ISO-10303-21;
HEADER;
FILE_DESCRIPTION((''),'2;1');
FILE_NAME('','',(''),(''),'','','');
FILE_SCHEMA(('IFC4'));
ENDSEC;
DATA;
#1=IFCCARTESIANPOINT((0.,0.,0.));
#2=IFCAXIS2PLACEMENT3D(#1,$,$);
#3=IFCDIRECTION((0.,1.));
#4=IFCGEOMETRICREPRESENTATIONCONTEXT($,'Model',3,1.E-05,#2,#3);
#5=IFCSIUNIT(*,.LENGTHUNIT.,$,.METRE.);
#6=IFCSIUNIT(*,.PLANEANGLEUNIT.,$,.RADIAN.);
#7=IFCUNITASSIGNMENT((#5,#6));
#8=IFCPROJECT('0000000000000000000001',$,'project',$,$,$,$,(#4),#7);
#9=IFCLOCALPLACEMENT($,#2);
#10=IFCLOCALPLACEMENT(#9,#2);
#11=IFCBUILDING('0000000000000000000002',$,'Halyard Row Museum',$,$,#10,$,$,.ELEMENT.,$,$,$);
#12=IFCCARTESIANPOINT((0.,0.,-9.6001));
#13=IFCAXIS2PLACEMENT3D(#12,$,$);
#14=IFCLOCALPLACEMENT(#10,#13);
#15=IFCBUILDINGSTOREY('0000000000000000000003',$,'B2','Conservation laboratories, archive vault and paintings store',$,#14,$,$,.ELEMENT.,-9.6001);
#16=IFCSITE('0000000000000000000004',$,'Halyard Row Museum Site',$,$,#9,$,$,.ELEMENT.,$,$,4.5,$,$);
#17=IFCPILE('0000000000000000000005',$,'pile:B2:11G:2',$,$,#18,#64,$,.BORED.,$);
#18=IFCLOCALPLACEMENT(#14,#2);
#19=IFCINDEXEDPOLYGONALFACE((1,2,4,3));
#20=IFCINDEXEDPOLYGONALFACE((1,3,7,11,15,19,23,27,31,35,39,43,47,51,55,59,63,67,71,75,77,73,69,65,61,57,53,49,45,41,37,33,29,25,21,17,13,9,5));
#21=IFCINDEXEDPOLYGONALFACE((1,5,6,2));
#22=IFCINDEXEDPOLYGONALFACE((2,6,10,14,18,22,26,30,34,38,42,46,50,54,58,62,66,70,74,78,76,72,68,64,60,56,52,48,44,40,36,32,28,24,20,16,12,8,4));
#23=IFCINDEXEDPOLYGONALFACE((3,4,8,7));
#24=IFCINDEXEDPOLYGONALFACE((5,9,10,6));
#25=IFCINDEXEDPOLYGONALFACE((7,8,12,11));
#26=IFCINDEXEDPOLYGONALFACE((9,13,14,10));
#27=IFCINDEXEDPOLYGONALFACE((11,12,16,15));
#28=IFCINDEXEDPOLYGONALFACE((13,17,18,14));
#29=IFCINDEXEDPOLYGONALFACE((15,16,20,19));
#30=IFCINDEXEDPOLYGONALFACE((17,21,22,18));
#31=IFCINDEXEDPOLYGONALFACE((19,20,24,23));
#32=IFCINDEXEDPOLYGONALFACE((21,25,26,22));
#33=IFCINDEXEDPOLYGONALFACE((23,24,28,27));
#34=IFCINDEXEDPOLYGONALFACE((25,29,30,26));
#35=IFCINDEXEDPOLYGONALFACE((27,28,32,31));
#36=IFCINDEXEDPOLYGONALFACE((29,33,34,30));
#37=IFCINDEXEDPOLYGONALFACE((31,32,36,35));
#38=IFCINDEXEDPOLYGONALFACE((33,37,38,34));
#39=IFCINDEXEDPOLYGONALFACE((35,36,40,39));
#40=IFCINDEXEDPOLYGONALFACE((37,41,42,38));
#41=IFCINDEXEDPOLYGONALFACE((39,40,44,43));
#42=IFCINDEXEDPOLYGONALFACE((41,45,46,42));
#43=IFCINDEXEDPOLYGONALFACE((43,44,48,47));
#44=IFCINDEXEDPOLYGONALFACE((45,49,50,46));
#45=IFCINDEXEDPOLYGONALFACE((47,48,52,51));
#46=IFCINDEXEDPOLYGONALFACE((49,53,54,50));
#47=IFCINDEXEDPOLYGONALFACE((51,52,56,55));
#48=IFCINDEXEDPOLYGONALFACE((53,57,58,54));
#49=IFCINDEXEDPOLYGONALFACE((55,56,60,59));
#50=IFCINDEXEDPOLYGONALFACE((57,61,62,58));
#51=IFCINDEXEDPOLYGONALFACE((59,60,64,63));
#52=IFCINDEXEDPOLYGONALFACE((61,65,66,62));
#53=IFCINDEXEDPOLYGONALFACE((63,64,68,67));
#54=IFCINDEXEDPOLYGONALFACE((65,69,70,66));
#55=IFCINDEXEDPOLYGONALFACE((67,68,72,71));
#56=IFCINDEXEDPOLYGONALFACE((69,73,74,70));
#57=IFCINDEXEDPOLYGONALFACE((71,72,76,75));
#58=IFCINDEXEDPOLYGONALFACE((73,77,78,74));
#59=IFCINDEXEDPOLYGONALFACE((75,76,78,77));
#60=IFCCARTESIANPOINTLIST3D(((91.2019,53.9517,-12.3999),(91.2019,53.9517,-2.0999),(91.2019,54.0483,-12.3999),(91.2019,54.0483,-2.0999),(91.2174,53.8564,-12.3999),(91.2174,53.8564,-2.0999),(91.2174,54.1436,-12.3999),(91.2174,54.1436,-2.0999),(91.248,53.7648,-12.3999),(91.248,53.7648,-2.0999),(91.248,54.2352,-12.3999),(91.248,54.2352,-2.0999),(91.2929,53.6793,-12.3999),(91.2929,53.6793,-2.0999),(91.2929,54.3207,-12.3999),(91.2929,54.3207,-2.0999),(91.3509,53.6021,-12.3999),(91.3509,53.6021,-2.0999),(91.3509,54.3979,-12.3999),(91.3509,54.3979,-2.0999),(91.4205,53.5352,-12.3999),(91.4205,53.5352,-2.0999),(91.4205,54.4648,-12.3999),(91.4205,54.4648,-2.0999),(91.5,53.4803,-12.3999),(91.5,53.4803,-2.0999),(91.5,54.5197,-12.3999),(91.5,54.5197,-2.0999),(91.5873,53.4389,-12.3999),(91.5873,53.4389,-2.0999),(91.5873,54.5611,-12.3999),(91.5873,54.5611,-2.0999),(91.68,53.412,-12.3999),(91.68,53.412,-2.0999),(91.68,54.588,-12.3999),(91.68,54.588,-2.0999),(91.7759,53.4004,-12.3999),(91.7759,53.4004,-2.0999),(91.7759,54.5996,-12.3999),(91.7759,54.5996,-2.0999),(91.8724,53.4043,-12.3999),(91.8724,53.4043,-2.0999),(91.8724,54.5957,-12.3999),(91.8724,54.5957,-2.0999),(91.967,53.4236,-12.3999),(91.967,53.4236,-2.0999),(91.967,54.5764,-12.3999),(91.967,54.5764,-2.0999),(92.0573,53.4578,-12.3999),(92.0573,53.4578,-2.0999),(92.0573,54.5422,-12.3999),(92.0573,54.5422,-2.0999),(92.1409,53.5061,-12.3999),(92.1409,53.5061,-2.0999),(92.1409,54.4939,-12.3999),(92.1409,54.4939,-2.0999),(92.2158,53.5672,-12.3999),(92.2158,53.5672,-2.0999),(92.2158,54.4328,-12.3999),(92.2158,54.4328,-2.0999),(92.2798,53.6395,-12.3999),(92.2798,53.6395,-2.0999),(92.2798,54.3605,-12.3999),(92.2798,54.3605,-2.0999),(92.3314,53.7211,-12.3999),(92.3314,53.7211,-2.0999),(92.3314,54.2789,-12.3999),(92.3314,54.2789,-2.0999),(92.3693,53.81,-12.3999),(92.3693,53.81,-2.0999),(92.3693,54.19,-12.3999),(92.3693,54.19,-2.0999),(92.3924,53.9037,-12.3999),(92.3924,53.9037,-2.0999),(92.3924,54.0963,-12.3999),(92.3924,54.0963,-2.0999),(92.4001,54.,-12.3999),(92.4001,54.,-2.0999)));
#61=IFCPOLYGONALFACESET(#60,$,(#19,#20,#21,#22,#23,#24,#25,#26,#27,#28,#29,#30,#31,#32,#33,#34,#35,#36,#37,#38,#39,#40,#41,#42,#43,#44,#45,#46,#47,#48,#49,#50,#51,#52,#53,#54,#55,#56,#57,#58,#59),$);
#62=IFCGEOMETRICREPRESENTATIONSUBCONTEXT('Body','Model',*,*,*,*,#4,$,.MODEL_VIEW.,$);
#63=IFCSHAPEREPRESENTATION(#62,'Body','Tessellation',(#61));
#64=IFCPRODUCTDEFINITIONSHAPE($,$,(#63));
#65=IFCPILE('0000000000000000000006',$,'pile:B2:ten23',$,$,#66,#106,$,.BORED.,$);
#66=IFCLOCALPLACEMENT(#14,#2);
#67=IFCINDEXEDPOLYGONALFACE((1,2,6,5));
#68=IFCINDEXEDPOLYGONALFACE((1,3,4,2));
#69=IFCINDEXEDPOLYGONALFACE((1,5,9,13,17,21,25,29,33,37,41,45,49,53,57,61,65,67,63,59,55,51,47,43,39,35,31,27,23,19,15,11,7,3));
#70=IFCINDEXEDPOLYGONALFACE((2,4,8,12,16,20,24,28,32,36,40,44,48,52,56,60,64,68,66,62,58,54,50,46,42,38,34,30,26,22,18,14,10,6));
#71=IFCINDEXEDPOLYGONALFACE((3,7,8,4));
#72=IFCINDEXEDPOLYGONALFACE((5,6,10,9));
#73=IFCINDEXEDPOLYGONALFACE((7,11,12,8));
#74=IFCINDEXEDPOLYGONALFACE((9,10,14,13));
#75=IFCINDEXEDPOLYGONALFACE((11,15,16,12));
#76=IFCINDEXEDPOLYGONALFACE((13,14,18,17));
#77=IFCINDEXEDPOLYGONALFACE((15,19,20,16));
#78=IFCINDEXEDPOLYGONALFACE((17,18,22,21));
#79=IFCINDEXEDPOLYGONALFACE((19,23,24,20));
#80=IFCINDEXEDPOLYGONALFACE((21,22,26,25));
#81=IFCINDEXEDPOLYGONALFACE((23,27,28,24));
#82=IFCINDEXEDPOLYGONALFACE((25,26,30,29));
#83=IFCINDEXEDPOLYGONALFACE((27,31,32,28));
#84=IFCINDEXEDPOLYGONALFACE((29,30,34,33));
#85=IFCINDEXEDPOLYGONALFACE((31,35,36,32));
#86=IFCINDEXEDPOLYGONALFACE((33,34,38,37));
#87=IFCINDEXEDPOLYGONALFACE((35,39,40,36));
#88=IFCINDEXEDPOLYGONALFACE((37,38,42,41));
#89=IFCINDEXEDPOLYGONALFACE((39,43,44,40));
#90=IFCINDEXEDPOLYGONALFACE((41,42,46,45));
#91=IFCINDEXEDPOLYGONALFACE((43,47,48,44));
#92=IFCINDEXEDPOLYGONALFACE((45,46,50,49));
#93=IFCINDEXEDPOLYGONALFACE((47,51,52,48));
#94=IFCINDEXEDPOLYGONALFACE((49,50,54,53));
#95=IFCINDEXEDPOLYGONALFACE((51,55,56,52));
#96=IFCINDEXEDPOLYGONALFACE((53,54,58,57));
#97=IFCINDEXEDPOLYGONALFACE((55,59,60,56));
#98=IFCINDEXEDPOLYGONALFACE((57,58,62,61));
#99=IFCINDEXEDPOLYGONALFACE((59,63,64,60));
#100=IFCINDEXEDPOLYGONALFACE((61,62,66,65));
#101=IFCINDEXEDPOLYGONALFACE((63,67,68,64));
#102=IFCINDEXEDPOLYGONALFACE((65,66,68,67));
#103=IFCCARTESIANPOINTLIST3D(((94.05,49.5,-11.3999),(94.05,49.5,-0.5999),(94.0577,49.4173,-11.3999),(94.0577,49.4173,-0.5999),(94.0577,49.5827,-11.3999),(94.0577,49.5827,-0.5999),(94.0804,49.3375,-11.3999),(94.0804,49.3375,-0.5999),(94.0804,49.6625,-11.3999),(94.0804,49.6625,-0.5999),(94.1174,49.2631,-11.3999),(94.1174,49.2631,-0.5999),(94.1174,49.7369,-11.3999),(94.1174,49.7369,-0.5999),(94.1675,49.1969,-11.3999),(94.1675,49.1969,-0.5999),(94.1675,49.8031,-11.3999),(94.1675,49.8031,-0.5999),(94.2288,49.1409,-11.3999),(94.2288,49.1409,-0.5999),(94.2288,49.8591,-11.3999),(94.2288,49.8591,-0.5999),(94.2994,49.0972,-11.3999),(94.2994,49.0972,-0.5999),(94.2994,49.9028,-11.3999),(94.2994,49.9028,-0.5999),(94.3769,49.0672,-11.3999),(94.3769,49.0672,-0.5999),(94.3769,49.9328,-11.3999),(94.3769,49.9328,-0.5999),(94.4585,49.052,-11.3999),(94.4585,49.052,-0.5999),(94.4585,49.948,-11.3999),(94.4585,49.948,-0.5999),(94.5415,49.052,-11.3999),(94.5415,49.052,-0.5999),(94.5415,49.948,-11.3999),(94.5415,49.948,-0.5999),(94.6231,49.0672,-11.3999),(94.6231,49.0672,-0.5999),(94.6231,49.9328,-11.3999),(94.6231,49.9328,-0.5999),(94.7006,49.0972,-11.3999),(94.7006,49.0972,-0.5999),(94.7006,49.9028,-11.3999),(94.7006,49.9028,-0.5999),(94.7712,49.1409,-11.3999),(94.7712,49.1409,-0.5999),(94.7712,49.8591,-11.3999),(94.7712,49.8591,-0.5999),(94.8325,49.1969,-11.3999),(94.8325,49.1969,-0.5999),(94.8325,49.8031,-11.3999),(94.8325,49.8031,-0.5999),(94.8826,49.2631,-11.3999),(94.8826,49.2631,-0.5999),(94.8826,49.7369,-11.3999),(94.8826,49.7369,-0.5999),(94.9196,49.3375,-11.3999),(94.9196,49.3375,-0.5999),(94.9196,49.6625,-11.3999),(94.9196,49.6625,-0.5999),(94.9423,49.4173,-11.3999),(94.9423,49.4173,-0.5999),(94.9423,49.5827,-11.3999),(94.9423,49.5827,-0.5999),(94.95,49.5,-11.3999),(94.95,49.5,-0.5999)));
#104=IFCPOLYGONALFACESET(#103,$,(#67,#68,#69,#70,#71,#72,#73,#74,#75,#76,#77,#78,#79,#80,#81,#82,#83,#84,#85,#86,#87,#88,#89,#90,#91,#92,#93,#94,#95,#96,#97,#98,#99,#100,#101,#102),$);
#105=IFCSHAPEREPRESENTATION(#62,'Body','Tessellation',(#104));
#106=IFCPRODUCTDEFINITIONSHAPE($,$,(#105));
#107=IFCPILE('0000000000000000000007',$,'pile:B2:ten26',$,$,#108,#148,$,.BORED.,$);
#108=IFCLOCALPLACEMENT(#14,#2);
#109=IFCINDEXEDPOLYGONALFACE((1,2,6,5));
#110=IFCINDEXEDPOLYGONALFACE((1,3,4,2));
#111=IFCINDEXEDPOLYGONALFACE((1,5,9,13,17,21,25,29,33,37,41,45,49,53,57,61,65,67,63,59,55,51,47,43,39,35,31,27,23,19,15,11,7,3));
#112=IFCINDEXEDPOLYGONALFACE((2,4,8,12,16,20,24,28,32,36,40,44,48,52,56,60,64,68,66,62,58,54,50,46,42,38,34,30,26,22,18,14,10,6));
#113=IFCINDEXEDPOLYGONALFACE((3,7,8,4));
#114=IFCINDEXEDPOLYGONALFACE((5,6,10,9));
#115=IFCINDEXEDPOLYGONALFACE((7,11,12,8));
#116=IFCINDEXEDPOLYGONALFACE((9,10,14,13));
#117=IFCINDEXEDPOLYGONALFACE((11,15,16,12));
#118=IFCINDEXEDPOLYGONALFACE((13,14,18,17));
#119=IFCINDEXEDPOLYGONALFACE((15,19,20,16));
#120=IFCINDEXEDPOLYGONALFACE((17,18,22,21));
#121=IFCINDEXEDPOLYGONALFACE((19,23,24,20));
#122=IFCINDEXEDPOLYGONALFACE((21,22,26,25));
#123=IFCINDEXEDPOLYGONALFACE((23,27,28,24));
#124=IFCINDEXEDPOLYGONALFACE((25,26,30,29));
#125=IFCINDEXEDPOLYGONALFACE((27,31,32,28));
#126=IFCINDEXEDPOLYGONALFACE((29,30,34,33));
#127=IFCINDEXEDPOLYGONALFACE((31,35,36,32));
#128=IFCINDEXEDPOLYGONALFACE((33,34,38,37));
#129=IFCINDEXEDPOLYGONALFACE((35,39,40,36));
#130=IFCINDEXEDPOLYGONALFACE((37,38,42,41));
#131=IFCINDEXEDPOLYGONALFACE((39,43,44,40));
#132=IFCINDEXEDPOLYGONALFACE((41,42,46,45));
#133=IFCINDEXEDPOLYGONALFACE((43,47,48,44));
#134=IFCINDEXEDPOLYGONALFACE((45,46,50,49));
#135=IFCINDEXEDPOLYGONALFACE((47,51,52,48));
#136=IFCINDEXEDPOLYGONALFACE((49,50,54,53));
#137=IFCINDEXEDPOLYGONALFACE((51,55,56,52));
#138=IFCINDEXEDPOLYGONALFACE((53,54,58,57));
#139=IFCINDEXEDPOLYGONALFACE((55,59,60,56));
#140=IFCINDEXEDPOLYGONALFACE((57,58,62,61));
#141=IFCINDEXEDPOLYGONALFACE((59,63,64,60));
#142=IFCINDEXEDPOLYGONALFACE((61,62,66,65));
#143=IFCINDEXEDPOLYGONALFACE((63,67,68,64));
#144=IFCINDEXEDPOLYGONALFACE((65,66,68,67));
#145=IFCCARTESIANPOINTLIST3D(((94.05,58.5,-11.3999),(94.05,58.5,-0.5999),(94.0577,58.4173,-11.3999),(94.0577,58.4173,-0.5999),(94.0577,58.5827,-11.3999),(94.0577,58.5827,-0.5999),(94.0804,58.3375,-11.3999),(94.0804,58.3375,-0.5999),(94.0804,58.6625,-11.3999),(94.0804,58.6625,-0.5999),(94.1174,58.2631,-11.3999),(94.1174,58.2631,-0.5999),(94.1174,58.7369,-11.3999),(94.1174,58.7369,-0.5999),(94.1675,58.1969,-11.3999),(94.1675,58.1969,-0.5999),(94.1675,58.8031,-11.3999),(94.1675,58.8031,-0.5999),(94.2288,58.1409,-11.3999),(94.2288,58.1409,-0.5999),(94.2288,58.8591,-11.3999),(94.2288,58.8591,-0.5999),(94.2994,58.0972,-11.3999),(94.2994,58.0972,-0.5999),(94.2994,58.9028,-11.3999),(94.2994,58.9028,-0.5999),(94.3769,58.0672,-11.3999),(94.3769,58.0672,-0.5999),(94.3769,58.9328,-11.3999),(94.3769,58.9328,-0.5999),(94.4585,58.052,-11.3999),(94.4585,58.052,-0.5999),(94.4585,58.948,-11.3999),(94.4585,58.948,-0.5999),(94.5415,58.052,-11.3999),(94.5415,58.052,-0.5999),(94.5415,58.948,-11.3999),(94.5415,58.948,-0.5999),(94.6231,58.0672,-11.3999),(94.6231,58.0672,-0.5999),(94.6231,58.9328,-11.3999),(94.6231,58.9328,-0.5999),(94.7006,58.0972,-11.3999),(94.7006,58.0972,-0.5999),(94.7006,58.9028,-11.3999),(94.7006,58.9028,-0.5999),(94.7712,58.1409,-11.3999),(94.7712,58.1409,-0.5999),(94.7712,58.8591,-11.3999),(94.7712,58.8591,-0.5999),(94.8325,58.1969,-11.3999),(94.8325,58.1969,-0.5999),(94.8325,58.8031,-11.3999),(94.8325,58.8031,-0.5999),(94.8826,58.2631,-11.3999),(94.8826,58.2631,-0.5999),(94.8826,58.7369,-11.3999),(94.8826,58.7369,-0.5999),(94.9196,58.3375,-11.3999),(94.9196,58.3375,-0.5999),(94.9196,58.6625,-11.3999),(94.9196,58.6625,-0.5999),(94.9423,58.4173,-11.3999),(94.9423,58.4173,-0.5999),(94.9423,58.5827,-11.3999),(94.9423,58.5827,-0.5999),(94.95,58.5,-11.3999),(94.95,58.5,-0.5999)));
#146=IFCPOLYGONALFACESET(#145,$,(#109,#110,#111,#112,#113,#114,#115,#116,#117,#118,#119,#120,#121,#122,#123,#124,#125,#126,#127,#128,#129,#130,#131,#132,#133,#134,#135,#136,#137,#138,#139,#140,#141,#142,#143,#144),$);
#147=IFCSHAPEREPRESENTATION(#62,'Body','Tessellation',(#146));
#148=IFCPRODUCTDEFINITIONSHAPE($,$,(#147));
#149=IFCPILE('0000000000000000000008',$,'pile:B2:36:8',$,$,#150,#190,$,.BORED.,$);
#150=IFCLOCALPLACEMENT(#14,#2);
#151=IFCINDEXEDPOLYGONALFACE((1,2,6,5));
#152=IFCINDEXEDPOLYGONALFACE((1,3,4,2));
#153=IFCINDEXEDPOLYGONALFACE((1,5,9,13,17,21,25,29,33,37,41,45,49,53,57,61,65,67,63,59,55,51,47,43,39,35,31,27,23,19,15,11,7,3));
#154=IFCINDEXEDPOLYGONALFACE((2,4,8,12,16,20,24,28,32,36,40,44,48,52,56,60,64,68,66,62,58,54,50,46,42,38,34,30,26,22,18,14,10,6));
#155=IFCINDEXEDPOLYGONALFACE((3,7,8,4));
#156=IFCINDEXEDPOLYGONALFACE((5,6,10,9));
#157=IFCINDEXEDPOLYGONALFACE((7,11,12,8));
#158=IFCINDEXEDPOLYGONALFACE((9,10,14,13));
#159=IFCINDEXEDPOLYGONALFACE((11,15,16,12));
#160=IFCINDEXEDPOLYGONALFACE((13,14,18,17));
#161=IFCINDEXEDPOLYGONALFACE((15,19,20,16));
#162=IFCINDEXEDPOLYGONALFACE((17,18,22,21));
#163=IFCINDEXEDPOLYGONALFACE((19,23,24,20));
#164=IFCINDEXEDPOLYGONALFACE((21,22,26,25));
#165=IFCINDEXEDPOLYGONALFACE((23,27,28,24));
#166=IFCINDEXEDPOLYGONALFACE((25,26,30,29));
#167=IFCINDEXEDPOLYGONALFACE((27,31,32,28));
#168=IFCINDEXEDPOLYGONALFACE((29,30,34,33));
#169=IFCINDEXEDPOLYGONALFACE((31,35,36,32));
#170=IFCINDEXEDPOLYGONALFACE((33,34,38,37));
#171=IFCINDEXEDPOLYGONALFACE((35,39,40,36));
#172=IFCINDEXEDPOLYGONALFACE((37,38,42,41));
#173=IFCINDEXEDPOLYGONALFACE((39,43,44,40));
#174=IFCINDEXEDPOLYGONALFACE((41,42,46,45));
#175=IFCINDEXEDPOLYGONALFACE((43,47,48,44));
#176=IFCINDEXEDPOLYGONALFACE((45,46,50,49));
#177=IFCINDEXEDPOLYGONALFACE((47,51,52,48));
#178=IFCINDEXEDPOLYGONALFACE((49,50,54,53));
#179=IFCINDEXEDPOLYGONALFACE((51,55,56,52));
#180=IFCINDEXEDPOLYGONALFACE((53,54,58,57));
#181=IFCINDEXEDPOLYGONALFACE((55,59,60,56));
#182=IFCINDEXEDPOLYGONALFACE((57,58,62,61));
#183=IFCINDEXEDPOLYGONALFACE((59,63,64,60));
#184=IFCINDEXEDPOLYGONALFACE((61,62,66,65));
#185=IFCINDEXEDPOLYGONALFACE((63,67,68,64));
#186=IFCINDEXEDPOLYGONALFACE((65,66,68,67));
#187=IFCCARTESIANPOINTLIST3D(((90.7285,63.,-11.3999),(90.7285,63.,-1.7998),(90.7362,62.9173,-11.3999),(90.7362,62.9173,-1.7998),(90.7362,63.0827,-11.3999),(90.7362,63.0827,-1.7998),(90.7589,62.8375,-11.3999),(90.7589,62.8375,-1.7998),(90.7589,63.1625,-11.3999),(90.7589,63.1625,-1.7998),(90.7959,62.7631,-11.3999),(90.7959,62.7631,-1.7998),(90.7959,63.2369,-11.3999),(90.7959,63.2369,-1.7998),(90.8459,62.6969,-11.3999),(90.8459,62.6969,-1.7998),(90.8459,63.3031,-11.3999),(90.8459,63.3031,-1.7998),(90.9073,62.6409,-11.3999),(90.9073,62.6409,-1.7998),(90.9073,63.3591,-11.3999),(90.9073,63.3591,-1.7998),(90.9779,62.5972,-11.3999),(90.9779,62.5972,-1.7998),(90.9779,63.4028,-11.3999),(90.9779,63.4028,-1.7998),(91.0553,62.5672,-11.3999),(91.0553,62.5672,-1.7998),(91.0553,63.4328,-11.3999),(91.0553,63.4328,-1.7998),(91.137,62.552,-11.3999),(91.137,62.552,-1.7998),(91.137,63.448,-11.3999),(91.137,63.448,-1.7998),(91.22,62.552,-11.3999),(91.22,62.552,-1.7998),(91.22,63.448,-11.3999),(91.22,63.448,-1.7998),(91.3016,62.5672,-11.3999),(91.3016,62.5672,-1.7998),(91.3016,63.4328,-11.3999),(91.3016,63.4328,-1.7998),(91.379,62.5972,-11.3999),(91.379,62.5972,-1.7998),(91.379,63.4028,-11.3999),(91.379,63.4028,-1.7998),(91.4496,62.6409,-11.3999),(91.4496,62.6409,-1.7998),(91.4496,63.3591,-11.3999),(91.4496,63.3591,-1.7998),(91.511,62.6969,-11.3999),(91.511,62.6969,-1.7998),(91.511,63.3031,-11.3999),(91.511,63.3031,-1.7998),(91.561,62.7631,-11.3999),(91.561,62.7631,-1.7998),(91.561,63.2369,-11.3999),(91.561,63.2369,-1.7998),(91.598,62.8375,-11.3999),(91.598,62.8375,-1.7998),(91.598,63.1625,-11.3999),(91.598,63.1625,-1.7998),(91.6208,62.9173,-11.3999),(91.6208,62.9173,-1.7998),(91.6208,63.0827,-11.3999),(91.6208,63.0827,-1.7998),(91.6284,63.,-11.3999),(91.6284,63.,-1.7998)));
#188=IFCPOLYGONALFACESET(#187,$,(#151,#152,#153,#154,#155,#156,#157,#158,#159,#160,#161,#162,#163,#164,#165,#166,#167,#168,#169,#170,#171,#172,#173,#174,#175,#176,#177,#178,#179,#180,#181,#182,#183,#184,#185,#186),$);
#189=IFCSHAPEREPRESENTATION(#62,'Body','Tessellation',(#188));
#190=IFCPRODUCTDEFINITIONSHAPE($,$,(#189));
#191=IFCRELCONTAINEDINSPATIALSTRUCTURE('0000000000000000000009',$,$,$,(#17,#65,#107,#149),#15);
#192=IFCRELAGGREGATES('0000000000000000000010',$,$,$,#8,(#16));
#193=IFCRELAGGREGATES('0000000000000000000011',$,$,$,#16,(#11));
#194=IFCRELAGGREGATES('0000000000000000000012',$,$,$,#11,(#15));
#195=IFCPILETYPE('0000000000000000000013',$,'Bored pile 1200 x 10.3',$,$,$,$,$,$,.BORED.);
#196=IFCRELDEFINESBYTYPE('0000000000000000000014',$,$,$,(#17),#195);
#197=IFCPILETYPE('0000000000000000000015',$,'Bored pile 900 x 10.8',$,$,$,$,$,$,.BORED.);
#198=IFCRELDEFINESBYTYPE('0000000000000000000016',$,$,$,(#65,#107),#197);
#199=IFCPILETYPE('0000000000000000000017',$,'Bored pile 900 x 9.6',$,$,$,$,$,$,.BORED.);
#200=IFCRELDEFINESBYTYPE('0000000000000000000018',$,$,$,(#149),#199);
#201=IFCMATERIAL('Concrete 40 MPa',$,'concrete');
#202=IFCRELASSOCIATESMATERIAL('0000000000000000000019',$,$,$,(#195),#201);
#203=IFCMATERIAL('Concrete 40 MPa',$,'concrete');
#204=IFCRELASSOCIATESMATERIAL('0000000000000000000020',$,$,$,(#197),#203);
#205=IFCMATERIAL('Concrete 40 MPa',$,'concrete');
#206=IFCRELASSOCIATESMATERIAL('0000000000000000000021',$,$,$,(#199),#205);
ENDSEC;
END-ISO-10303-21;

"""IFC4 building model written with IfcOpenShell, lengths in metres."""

from ifc_helpers import new_model, si_unit, direction, frame, origin, origin_2d, place, context, subcontext, project, spatial, circle, extrude, material, material_profile, profile_set, type_object, element, save


model = new_model("IFC4")

# Units and contexts
model_context = context("Model", 3, precision=1e-05, world=origin(), true_north=direction((0.0, 1.0)))
body_context = subcontext(model_context, "Body", "Model", "MODEL_VIEW")
ifc_project = project(units=[si_unit("LENGTHUNIT", "METRE"), si_unit("PLANEANGLEUNIT", "RADIAN")], contexts=[model_context])

# Site, building, storey
site_placement = place(None, origin())
site = spatial("IfcSite", under=ifc_project, at=site_placement, Name="Halyard Row Museum Site", CompositionType="ELEMENT", RefElevation=4.5)
building_placement = place(site_placement, origin())
building = spatial("IfcBuilding", under=site, at=building_placement, Name="Halyard Row Museum", CompositionType="ELEMENT")
storey_placement = place(building_placement, frame((0.0, 0.0, -9.6001)))
storey = spatial("IfcBuildingStorey", under=building, at=storey_placement, Name="B2", Description="Conservation laboratories, archive vault and paintings store", CompositionType="ELEMENT", Elevation=-9.6001)

# Piles
ifc_material_1 = material(Name="Concrete 40 MPa", Category="concrete")
ifc_material_profile_1 = material_profile(ifc_material_1, circle(Radius=0.6001, at=origin_2d()), Name="Bored pile 1200 x 10.3")
ifc_profile_set_1 = profile_set([ifc_material_profile_1], Name="Concrete 40 MPa")
pile_type_1 = type_object("IfcPileType", Name="Bored pile 1200 x 10.3", PredefinedType="BORED", material=ifc_profile_set_1)
pile_placement = place(storey_placement, frame((91.8, 54.0, -2.0999), z_axis=(0.0, 0.0, -1.0), x_axis=(1.0, 0.0, 0.0)))
element("IfcPile", 1, at=pile_placement, inside=storey, type_object=pile_type_1, Name="pile:B2:11G:2", PredefinedType="BORED", context=body_context, shape_type="SweptSolid", body=[
    extrude(circle(Radius=0.6001, at=origin_2d()), origin(), (0.0, 0.0, 1.0), 10.3),
])
ifc_material_2 = material(Name="Concrete 40 MPa", Category="concrete")
ifc_material_profile_2 = material_profile(ifc_material_2, circle(Radius=0.45, at=origin_2d()), Name="Bored pile 900 x 10.8")
ifc_profile_set_2 = profile_set([ifc_material_profile_2], Name="Concrete 40 MPa")
pile_type_2 = type_object("IfcPileType", Name="Bored pile 900 x 10.8", PredefinedType="BORED", material=ifc_profile_set_2)
for number, where, z_axis, x_axis, name in (
    (2, (94.5, 49.5, -0.5999), (0.0, 0.0, -1.0), (1.0, 0.0, 0.0), "pile:B2:ten23"),
    (3, (94.5, 58.5, -0.5999), (0.0, 0.0, -1.0), (1.0, 0.0, 0.0), "pile:B2:ten26"),
):
    element("IfcPile", number, at=place(storey_placement, frame(where, z_axis=z_axis, x_axis=x_axis)), inside=storey, type_object=pile_type_2, Name=name, PredefinedType="BORED", context=body_context, shape_type="SweptSolid", body=[
        extrude(circle(Radius=0.45, at=origin_2d()), origin(), (0.0, 0.0, 1.0), 10.8),
    ])
ifc_material_3 = material(Name="Concrete 40 MPa", Category="concrete")
ifc_material_profile_3 = material_profile(ifc_material_3, circle(Radius=0.45, at=origin_2d()), Name="Bored pile 900 x 9.6")
ifc_profile_set_3 = profile_set([ifc_material_profile_3], Name="Concrete 40 MPa")
pile_type_3 = type_object("IfcPileType", Name="Bored pile 900 x 9.6", PredefinedType="BORED", material=ifc_profile_set_3)
for number, where, z_axis, x_axis, name in (
    (4, (91.1785, 63.0, -1.7998), (0.0, 0.0, -1.0), (1.0, 0.0, 0.0), "pile:B2:36:8"),
):
    element("IfcPile", number, at=place(storey_placement, frame(where, z_axis=z_axis, x_axis=x_axis)), inside=storey, type_object=pile_type_3, Name=name, PredefinedType="BORED", context=body_context, shape_type="SweptSolid", body=[
        extrude(circle(Radius=0.45, at=origin_2d()), origin(), (0.0, 0.0, 1.0), 9.6001),
    ])

save(model, "model.ifc")
